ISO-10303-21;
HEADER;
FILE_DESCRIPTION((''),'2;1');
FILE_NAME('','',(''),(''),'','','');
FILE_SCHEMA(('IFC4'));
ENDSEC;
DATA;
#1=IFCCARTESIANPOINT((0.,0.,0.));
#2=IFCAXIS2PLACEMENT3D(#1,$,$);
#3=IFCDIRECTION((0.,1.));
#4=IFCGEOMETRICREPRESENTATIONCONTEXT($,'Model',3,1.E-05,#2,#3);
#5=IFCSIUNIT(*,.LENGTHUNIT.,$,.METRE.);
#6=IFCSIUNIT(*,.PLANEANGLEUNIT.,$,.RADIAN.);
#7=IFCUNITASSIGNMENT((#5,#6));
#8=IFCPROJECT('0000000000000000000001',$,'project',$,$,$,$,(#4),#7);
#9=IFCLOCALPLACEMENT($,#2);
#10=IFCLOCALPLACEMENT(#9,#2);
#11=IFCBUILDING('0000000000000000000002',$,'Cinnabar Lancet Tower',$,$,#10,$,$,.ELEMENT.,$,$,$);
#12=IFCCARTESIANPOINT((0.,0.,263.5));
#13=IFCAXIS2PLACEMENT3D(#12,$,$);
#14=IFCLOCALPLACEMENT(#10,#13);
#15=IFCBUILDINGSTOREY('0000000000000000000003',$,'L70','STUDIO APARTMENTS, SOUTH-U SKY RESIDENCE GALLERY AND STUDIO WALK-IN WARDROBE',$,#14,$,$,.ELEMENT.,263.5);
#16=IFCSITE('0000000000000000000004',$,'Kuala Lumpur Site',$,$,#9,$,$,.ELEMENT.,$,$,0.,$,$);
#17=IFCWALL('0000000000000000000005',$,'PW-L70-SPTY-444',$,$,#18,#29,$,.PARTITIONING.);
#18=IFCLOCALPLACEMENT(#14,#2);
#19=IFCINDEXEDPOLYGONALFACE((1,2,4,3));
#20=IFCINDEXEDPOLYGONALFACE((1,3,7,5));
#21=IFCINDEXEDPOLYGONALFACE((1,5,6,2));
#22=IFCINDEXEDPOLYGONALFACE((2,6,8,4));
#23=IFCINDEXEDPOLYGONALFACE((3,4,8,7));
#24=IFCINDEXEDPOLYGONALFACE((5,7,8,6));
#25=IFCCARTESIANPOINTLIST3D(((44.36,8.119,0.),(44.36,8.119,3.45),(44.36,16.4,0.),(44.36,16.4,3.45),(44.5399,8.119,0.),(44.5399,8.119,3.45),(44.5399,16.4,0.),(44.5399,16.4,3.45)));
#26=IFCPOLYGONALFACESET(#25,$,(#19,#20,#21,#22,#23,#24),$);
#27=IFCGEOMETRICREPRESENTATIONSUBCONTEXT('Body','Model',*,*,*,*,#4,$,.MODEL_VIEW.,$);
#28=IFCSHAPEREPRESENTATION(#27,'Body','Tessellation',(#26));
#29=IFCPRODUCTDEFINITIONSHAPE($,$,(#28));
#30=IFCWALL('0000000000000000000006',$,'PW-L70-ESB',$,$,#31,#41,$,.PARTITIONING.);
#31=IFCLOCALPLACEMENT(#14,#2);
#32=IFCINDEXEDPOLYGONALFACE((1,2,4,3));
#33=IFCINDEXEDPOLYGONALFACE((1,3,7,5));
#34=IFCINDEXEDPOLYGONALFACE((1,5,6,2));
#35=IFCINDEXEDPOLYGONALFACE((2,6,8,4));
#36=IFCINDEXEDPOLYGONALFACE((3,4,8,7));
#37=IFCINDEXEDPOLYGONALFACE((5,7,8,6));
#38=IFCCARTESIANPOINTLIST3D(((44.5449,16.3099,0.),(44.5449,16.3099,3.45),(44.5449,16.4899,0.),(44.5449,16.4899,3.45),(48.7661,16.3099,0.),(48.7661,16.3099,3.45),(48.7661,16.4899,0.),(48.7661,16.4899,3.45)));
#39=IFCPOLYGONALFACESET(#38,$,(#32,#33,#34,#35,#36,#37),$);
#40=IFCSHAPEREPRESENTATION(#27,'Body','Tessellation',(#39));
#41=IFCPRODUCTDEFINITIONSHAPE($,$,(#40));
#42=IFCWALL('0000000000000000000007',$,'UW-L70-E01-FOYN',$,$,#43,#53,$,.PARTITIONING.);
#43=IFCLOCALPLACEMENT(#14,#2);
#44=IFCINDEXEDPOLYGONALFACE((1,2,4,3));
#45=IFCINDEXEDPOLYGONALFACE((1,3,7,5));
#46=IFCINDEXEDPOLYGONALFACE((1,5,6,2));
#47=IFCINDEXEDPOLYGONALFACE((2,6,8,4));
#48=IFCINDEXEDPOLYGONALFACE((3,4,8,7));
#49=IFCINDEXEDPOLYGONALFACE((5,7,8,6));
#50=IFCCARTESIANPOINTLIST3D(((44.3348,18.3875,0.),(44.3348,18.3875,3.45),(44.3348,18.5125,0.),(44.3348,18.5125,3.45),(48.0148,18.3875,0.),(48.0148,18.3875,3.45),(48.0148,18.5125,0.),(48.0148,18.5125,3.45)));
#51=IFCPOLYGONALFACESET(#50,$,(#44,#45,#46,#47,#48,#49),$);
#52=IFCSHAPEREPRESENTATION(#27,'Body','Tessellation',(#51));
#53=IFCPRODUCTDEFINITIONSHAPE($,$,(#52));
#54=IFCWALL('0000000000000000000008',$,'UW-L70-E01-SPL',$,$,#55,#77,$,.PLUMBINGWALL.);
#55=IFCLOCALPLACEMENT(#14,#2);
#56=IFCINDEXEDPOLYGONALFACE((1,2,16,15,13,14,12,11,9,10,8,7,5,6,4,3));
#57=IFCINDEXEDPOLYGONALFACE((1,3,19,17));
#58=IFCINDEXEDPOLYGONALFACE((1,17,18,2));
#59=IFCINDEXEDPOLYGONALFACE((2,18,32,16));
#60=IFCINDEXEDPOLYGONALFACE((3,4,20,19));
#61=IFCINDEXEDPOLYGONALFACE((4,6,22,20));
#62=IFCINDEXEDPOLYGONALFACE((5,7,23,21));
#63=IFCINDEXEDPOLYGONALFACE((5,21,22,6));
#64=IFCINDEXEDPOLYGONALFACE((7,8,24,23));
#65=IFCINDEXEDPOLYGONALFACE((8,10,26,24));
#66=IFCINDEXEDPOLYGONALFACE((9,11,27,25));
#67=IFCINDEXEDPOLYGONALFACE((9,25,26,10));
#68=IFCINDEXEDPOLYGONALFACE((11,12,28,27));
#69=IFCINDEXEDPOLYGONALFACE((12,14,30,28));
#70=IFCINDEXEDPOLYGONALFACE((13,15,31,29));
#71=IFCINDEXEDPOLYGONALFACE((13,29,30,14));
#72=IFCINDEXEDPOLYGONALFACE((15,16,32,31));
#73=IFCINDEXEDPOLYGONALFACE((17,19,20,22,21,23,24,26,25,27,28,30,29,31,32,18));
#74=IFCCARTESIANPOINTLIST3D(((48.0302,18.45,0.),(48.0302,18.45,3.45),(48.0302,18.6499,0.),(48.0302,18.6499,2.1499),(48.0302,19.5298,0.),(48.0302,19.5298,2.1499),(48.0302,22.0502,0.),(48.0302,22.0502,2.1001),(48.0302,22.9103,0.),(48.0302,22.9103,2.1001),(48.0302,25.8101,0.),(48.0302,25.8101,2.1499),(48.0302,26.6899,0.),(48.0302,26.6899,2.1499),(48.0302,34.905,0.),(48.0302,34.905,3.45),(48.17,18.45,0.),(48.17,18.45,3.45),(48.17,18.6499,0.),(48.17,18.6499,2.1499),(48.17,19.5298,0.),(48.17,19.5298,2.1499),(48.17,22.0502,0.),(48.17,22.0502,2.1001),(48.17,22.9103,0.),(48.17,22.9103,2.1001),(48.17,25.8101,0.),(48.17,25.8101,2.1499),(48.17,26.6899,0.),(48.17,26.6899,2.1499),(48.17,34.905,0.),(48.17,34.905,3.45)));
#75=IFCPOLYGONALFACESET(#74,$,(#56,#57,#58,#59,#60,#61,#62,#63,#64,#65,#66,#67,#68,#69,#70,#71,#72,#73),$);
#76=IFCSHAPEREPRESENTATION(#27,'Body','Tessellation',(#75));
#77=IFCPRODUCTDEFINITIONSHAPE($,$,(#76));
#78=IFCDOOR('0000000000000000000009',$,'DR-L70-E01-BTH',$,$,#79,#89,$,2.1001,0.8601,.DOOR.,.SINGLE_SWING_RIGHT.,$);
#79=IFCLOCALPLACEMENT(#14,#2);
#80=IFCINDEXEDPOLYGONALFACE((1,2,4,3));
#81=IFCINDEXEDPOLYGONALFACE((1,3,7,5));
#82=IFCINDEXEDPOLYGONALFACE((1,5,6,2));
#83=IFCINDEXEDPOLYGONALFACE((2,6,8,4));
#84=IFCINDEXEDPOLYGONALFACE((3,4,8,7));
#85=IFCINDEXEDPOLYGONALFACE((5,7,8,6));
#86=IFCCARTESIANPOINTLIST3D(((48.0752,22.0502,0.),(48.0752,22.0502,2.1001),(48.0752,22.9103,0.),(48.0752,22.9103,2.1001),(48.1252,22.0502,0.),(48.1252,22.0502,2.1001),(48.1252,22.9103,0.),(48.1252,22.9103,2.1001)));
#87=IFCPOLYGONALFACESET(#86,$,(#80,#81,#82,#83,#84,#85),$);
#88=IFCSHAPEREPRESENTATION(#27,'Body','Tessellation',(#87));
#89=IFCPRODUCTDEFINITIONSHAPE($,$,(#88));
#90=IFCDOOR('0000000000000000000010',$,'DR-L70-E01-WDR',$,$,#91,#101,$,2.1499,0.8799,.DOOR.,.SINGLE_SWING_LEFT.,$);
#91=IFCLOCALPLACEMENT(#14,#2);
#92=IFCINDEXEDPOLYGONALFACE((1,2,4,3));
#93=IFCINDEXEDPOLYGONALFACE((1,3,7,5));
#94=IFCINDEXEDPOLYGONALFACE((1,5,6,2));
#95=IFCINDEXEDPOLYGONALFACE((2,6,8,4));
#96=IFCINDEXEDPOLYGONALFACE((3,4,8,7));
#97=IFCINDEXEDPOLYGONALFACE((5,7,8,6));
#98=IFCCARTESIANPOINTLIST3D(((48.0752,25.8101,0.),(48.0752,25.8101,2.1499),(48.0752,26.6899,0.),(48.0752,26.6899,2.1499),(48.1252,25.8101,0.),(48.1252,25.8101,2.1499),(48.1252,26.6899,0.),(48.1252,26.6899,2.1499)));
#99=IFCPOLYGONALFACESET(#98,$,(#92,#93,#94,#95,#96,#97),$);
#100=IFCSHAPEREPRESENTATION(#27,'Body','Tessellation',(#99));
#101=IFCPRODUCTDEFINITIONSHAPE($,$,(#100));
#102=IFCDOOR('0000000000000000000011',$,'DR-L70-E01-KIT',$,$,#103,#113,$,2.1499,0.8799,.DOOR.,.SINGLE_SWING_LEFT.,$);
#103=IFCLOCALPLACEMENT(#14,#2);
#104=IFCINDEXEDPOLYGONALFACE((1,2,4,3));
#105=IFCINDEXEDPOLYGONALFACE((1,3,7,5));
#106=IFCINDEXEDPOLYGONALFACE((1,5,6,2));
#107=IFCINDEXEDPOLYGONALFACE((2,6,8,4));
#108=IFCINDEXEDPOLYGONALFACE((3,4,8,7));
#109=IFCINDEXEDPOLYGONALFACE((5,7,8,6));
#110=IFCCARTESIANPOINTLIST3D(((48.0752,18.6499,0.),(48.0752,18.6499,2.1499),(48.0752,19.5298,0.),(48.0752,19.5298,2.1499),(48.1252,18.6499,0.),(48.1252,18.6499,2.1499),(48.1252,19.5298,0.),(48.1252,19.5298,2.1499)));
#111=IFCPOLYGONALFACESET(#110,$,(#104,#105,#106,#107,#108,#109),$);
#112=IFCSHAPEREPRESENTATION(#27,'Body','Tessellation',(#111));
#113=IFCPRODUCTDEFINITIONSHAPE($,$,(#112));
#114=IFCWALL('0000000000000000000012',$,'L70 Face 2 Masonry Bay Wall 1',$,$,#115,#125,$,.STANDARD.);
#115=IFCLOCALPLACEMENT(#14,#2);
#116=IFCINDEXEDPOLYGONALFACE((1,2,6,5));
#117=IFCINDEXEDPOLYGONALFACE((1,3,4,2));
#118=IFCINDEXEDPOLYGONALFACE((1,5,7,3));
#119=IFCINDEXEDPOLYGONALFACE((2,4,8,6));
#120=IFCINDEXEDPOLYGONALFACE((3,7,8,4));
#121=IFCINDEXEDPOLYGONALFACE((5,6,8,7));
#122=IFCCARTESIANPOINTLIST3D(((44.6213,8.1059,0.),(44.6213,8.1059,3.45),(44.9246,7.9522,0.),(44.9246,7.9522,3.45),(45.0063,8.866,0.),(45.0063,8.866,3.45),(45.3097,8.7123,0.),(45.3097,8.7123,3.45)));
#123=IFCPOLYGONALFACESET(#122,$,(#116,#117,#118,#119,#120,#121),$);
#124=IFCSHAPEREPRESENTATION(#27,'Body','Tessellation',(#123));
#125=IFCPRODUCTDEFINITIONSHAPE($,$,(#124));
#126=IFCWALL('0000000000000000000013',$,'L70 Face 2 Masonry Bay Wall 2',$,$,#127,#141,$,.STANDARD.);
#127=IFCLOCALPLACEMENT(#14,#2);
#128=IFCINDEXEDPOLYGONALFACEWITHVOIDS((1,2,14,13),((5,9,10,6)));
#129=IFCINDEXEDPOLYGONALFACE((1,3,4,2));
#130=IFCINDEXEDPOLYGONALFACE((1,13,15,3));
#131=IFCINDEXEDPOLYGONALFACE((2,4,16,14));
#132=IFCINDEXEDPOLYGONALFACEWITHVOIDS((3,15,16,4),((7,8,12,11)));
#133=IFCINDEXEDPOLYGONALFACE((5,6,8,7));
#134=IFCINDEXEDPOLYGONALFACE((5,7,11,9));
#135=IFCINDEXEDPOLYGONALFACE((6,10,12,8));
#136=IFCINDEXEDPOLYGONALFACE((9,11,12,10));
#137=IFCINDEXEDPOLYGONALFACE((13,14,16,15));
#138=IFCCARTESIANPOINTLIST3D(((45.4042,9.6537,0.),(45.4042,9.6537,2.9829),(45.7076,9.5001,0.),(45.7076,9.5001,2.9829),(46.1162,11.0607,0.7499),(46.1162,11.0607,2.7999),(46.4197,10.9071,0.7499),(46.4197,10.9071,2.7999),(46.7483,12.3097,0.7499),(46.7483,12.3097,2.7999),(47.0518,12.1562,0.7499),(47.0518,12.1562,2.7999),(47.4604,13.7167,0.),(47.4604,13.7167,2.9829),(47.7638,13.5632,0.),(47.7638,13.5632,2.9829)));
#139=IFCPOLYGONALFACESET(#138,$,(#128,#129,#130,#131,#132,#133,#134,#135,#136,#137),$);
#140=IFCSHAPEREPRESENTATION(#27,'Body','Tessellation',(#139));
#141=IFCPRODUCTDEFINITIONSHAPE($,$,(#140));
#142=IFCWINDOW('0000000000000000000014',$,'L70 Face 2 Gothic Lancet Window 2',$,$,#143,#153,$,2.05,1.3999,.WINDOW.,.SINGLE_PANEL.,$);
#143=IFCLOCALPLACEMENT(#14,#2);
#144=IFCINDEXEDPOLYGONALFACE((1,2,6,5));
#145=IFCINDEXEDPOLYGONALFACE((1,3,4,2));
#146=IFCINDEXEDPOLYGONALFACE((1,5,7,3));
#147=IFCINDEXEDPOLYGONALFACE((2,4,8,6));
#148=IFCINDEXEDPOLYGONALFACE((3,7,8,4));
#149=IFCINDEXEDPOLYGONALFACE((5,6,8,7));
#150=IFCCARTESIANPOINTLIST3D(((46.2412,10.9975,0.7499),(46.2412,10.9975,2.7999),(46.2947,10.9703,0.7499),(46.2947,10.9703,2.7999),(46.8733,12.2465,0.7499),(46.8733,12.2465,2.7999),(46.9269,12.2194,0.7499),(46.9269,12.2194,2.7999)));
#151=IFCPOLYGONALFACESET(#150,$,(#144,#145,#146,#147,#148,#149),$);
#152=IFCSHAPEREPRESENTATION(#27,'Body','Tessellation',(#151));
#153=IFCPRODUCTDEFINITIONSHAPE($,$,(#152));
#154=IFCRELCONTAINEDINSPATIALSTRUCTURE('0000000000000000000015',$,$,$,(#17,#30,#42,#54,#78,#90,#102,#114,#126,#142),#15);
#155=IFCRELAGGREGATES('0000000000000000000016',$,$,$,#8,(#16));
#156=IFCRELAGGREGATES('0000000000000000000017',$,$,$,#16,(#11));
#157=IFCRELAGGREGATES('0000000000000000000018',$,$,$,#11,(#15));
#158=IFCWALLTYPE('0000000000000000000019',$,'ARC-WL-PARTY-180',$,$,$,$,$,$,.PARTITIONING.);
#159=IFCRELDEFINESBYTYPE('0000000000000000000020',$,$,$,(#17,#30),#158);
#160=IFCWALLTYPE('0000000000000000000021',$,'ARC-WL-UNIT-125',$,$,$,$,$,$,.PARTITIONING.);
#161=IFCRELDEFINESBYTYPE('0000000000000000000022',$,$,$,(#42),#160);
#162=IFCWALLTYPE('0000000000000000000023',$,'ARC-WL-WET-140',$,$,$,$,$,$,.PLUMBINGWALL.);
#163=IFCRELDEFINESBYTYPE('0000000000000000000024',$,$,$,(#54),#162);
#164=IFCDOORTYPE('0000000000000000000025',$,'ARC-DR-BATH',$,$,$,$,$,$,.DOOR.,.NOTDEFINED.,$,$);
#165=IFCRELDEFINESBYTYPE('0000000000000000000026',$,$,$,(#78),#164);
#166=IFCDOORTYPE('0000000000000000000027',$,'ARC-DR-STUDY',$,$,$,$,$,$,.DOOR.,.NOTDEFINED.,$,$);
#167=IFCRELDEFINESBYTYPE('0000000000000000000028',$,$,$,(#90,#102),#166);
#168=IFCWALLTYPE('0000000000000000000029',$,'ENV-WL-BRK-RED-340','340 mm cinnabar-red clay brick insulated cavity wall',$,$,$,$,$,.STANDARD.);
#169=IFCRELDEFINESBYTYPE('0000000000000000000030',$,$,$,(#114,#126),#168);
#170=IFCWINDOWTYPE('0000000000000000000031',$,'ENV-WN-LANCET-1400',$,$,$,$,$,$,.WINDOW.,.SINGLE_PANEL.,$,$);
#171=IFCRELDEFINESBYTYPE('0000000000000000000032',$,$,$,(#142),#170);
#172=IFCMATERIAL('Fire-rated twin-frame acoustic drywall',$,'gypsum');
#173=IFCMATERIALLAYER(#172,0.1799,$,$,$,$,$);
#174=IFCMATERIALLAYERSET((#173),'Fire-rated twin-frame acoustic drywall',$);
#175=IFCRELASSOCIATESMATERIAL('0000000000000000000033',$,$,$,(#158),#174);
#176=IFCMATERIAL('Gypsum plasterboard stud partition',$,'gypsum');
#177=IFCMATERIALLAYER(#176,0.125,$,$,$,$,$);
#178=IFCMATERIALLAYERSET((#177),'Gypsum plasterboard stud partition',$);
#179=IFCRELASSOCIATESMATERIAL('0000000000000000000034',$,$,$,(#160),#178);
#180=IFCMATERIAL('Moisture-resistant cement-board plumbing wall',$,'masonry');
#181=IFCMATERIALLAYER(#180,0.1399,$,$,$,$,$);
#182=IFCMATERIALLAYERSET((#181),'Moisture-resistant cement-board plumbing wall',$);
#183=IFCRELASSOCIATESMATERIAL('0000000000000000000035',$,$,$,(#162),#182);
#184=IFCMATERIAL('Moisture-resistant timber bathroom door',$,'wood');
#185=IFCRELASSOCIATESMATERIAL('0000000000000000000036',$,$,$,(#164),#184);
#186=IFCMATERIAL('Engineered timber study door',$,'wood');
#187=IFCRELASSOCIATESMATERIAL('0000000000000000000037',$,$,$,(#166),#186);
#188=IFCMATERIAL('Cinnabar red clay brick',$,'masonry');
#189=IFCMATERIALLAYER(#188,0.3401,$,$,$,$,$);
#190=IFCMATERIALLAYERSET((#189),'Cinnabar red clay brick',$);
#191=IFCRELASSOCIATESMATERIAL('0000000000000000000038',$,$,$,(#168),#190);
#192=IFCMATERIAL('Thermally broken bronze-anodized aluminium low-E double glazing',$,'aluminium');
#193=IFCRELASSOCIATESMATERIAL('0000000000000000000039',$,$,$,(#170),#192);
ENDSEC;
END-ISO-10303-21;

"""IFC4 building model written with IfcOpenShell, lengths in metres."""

from ifc_helpers import new_model, si_unit, direction, frame, frame_2d, origin, place, context, subcontext, project, spatial, rectangle, extrude, material, layer, layer_set, type_object, element, fill, save


model = new_model("IFC4")

# Units and contexts
model_context = context("Model", 3, precision=1e-05, world=origin(), true_north=direction((0.0, 1.0)))
body_context = subcontext(model_context, "Body", "Model", "MODEL_VIEW")
ifc_project = project(units=[si_unit("LENGTHUNIT", "METRE"), si_unit("PLANEANGLEUNIT", "RADIAN")], contexts=[model_context])

# Site, building, storey
site_placement = place(None, origin())
site = spatial("IfcSite", under=ifc_project, at=site_placement, Name="Kuala Lumpur Site", CompositionType="ELEMENT", RefElevation=0.0)
building_placement = place(site_placement, origin())
building = spatial("IfcBuilding", under=site, at=building_placement, Name="Cinnabar Lancet Tower", CompositionType="ELEMENT")
storey_placement = place(building_placement, frame((0.0, 0.0, 263.5)))
storey = spatial("IfcBuildingStorey", under=building, at=storey_placement, Name="L70", Description="STUDIO APARTMENTS, SOUTH-U SKY RESIDENCE GALLERY AND STUDIO WALK-IN WARDROBE", CompositionType="ELEMENT", Elevation=263.5)

# Walls
ifc_material_1 = material(Name="Fire-rated twin-frame acoustic drywall", Category="gypsum")
ifc_layer_1 = layer(ifc_material_1, 0.1799)
ifc_layer_set_1 = layer_set([ifc_layer_1], Name="Fire-rated twin-frame acoustic drywall")
wall_type_1 = type_object("IfcWallType", Name="ARC-WL-PARTY-180", PredefinedType="PARTITIONING", material=ifc_layer_set_1)
wall_1_placement = place(storey_placement, frame((44.45, 8.1189, 0.0), z_axis=(0.0, 0.0, 1.0), x_axis=(0.0, 1.0, 0.0)))
element("IfcWall", 1, at=wall_1_placement, inside=storey, type_object=wall_type_1, Name="PW-L70-SPTY-444", PredefinedType="PARTITIONING", context=body_context, shape_type="SweptSolid", body=[
    extrude(rectangle(XDim=8.281, YDim=0.1799, at=frame_2d((4.1406, 0.0))), origin(), (0.0, 0.0, 1.0), 3.45),
])
wall_2_placement = place(storey_placement, frame((44.5449, 16.3999, 0.0), z_axis=(0.0, 0.0, 1.0), x_axis=(1.0, 0.0, 0.0)))
element("IfcWall", 2, at=wall_2_placement, inside=storey, type_object=wall_type_1, Name="PW-L70-ESB", PredefinedType="PARTITIONING", context=body_context, shape_type="SweptSolid", body=[
    extrude(rectangle(XDim=4.2212, YDim=0.1799, at=frame_2d((2.1106, 0.0))), origin(), (0.0, 0.0, 1.0), 3.45),
])
ifc_material_2 = material(Name="Gypsum plasterboard stud partition", Category="gypsum")
ifc_layer_2 = layer(ifc_material_2, 0.125)
ifc_layer_set_2 = layer_set([ifc_layer_2], Name="Gypsum plasterboard stud partition")
wall_type_2 = type_object("IfcWallType", Name="ARC-WL-UNIT-125", PredefinedType="PARTITIONING", material=ifc_layer_set_2)
wall_3_placement = place(storey_placement, frame((44.335, 18.45, 0.0), z_axis=(0.0, 0.0, 1.0), x_axis=(1.0, 0.0, 0.0)))
element("IfcWall", 3, at=wall_3_placement, inside=storey, type_object=wall_type_2, Name="UW-L70-E01-FOYN", PredefinedType="PARTITIONING", context=body_context, shape_type="SweptSolid", body=[
    extrude(rectangle(XDim=3.6799, YDim=0.125, at=frame_2d((1.8398, 0.0))), origin(), (0.0, 0.0, 1.0), 3.45),
])

# Wall, openings, doors
ifc_material_3 = material(Name="Moisture-resistant cement-board plumbing wall", Category="masonry")
ifc_layer_3 = layer(ifc_material_3, 0.1399)
ifc_layer_set_3 = layer_set([ifc_layer_3], Name="Moisture-resistant cement-board plumbing wall")
wall_type_3 = type_object("IfcWallType", Name="ARC-WL-WET-140", PredefinedType="PLUMBINGWALL", material=ifc_layer_set_3)
wall_4_placement = place(storey_placement, frame((48.1001, 18.45, 0.0), z_axis=(0.0, 0.0, 1.0), x_axis=(0.0, 1.0, 0.0)))
wall_4 = element("IfcWall", 4, at=wall_4_placement, inside=storey, type_object=wall_type_3, Name="UW-L70-E01-SPL", PredefinedType="PLUMBINGWALL", context=body_context, shape_type="SweptSolid", body=[
    extrude(rectangle(XDim=16.4551, YDim=0.1399, at=frame_2d((8.2275, 0.0))), origin(), (0.0, 0.0, 1.0), 3.45),
])
opening_1_placement = place(wall_4_placement, frame((3.6001, 0.0, 0.0)))
opening_1 = element("IfcOpeningElement", 5, at=opening_1_placement, cuts=wall_4, PredefinedType="OPENING", context=body_context, shape_type="SweptSolid", body=[
    extrude(rectangle(XDim=0.8601, YDim=2.1001, at=frame_2d((0.4302, 1.05))), frame((0.0, 0.0798, 0.0), z_axis=(0.0, -1.0, 0.0), x_axis=(1.0, 0.0, 0.0)), (0.0, 0.0, 1.0), 0.1599),
])
opening_2_placement = place(wall_4_placement, frame((7.3601, 0.0, 0.0)))
opening_2 = element("IfcOpeningElement", 6, at=opening_2_placement, cuts=wall_4, PredefinedType="OPENING", context=body_context, shape_type="SweptSolid", body=[
    extrude(rectangle(XDim=0.8799, YDim=2.1499, at=frame_2d((0.4399, 1.075))), frame((0.0, 0.0798, 0.0), z_axis=(0.0, -1.0, 0.0), x_axis=(1.0, 0.0, 0.0)), (0.0, 0.0, 1.0), 0.1599),
])
opening_3_placement = place(wall_4_placement, frame((0.2, 0.0, 0.0)))
opening_3 = element("IfcOpeningElement", 7, at=opening_3_placement, cuts=wall_4, PredefinedType="OPENING", context=body_context, shape_type="SweptSolid", body=[
    extrude(rectangle(XDim=0.8799, YDim=2.1499, at=frame_2d((0.4399, 1.075))), frame((0.0, 0.0798, 0.0), z_axis=(0.0, -1.0, 0.0), x_axis=(1.0, 0.0, 0.0)), (0.0, 0.0, 1.0), 0.1599),
])
ifc_material_4 = material(Name="Moisture-resistant timber bathroom door", Category="wood")
door_type_1 = type_object("IfcDoorType", Name="ARC-DR-BATH", OperationType="NOTDEFINED", PredefinedType="DOOR", material=ifc_material_4)
door_1_placement = place(opening_1_placement, origin())
door_1 = element("IfcDoor", 8, at=door_1_placement, inside=storey, type_object=door_type_1, Name="DR-L70-E01-BTH", OperationType="SINGLE_SWING_RIGHT", OverallHeight=2.1001, OverallWidth=0.8601, PredefinedType="DOOR", context=body_context, shape_type="SweptSolid", body=[
    extrude(rectangle(XDim=0.8601, YDim=2.1001, at=frame_2d((0.4302, 1.05))), frame((0.0, 0.0249, 0.0), z_axis=(0.0, -1.0, 0.0), x_axis=(1.0, 0.0, 0.0)), (0.0, 0.0, 1.0), 0.05),
])
fill(opening_1, door_1)
ifc_material_5 = material(Name="Engineered timber study door", Category="wood")
door_type_2 = type_object("IfcDoorType", Name="ARC-DR-STUDY", OperationType="NOTDEFINED", PredefinedType="DOOR", material=ifc_material_5)
door_2_placement = place(opening_2_placement, origin())
door_2 = element("IfcDoor", 9, at=door_2_placement, inside=storey, type_object=door_type_2, Name="DR-L70-E01-WDR", OperationType="SINGLE_SWING_LEFT", OverallHeight=2.1499, OverallWidth=0.8799, PredefinedType="DOOR", context=body_context, shape_type="SweptSolid", body=[
    extrude(rectangle(XDim=0.8799, YDim=2.1499, at=frame_2d((0.4399, 1.075))), frame((0.0, 0.0249, 0.0), z_axis=(0.0, -1.0, 0.0), x_axis=(1.0, 0.0, 0.0)), (0.0, 0.0, 1.0), 0.05),
])
fill(opening_2, door_2)
door_3_placement = place(opening_3_placement, origin())
door_3 = element("IfcDoor", 10, at=door_3_placement, inside=storey, type_object=door_type_2, Name="DR-L70-E01-KIT", OperationType="SINGLE_SWING_LEFT", OverallHeight=2.1499, OverallWidth=0.8799, PredefinedType="DOOR", context=body_context, shape_type="SweptSolid", body=[
    extrude(rectangle(XDim=0.8799, YDim=2.1499, at=frame_2d((0.4399, 1.075))), frame((0.0, 0.0249, 0.0), z_axis=(0.0, -1.0, 0.0), x_axis=(1.0, 0.0, 0.0)), (0.0, 0.0, 1.0), 0.05),
])
fill(opening_3, door_3)

# Wall
ifc_material_6 = material(Name="Cinnabar red clay brick", Category="masonry")
ifc_layer_4 = layer(ifc_material_6, 0.3401)
ifc_layer_set_4 = layer_set([ifc_layer_4], Name="Cinnabar red clay brick")
wall_type_4 = type_object("IfcWallType", Name="ENV-WL-BRK-RED-340", Description="340 mm cinnabar-red clay brick insulated cavity wall", PredefinedType="STANDARD", material=ifc_layer_set_4)
wall_5_placement = place(storey_placement, frame((44.7729, 8.0291, 0.0), z_axis=(0.0, 0.0, 1.0), x_axis=(0.451907, 0.892065, 0.0)))
element("IfcWall", 11, at=wall_5_placement, inside=storey, type_object=wall_type_4, Name="L70 Face 2 Masonry Bay Wall 1", PredefinedType="STANDARD", context=body_context, shape_type="SweptSolid", body=[
    extrude(rectangle(XDim=0.8521, YDim=0.3401, at=frame_2d((0.426, 0.0))), origin(), (0.0, 0.0, 1.0), 3.45),
])

# Wall, opening, window
wall_6_placement = place(storey_placement, frame((45.5559, 9.5769, 0.0), z_axis=(0.0, 0.0, 1.0), x_axis=(0.45154, 0.892251, 0.0)))
wall_6 = element("IfcWall", 12, at=wall_6_placement, inside=storey, type_object=wall_type_4, Name="L70 Face 2 Masonry Bay Wall 2", PredefinedType="STANDARD", context=body_context, shape_type="SweptSolid", body=[
    extrude(rectangle(XDim=4.5537, YDim=0.3401, at=frame_2d((2.2769, 0.0))), origin(), (0.0, 0.0, 1.0), 2.9829),
])
opening_4_placement = place(wall_6_placement, frame((1.5769, 0.0, 0.75)))
opening_4 = element("IfcOpeningElement", 13, at=opening_4_placement, cuts=wall_6, PredefinedType="OPENING", context=body_context, shape_type="SweptSolid", body=[
    extrude(rectangle(XDim=1.3999, YDim=2.05, at=frame_2d((0.7, 1.0249))), frame((0.0, 0.1799, 0.0), z_axis=(0.0, -1.0, 0.0), x_axis=(1.0, 0.0, 0.0)), (0.0, 0.0, 1.0), 0.3601),
])
ifc_material_7 = material(Name="Thermally broken bronze-anodized aluminium low-E double glazing", Category="aluminium")
window_type_1 = type_object("IfcWindowType", Name="ENV-WN-LANCET-1400", PartitioningType="SINGLE_PANEL", PredefinedType="WINDOW", material=ifc_material_7)
window_1_placement = place(opening_4_placement, origin())
window_1 = element("IfcWindow", 14, at=window_1_placement, inside=storey, type_object=window_type_1, Name="L70 Face 2 Gothic Lancet Window 2", OverallHeight=2.05, OverallWidth=1.3999, PartitioningType="SINGLE_PANEL", PredefinedType="WINDOW", context=body_context, shape_type="SweptSolid", body=[
    extrude(rectangle(XDim=1.3999, YDim=2.05, at=frame_2d((0.7, 1.0249))), frame((0.0, 0.03, 0.0), z_axis=(0.0, -1.0, 0.0), x_axis=(1.0, 0.0, 0.0)), (0.0, 0.0, 1.0), 0.0601),
])
fill(opening_4, window_1)

save(model, "model.ifc")
